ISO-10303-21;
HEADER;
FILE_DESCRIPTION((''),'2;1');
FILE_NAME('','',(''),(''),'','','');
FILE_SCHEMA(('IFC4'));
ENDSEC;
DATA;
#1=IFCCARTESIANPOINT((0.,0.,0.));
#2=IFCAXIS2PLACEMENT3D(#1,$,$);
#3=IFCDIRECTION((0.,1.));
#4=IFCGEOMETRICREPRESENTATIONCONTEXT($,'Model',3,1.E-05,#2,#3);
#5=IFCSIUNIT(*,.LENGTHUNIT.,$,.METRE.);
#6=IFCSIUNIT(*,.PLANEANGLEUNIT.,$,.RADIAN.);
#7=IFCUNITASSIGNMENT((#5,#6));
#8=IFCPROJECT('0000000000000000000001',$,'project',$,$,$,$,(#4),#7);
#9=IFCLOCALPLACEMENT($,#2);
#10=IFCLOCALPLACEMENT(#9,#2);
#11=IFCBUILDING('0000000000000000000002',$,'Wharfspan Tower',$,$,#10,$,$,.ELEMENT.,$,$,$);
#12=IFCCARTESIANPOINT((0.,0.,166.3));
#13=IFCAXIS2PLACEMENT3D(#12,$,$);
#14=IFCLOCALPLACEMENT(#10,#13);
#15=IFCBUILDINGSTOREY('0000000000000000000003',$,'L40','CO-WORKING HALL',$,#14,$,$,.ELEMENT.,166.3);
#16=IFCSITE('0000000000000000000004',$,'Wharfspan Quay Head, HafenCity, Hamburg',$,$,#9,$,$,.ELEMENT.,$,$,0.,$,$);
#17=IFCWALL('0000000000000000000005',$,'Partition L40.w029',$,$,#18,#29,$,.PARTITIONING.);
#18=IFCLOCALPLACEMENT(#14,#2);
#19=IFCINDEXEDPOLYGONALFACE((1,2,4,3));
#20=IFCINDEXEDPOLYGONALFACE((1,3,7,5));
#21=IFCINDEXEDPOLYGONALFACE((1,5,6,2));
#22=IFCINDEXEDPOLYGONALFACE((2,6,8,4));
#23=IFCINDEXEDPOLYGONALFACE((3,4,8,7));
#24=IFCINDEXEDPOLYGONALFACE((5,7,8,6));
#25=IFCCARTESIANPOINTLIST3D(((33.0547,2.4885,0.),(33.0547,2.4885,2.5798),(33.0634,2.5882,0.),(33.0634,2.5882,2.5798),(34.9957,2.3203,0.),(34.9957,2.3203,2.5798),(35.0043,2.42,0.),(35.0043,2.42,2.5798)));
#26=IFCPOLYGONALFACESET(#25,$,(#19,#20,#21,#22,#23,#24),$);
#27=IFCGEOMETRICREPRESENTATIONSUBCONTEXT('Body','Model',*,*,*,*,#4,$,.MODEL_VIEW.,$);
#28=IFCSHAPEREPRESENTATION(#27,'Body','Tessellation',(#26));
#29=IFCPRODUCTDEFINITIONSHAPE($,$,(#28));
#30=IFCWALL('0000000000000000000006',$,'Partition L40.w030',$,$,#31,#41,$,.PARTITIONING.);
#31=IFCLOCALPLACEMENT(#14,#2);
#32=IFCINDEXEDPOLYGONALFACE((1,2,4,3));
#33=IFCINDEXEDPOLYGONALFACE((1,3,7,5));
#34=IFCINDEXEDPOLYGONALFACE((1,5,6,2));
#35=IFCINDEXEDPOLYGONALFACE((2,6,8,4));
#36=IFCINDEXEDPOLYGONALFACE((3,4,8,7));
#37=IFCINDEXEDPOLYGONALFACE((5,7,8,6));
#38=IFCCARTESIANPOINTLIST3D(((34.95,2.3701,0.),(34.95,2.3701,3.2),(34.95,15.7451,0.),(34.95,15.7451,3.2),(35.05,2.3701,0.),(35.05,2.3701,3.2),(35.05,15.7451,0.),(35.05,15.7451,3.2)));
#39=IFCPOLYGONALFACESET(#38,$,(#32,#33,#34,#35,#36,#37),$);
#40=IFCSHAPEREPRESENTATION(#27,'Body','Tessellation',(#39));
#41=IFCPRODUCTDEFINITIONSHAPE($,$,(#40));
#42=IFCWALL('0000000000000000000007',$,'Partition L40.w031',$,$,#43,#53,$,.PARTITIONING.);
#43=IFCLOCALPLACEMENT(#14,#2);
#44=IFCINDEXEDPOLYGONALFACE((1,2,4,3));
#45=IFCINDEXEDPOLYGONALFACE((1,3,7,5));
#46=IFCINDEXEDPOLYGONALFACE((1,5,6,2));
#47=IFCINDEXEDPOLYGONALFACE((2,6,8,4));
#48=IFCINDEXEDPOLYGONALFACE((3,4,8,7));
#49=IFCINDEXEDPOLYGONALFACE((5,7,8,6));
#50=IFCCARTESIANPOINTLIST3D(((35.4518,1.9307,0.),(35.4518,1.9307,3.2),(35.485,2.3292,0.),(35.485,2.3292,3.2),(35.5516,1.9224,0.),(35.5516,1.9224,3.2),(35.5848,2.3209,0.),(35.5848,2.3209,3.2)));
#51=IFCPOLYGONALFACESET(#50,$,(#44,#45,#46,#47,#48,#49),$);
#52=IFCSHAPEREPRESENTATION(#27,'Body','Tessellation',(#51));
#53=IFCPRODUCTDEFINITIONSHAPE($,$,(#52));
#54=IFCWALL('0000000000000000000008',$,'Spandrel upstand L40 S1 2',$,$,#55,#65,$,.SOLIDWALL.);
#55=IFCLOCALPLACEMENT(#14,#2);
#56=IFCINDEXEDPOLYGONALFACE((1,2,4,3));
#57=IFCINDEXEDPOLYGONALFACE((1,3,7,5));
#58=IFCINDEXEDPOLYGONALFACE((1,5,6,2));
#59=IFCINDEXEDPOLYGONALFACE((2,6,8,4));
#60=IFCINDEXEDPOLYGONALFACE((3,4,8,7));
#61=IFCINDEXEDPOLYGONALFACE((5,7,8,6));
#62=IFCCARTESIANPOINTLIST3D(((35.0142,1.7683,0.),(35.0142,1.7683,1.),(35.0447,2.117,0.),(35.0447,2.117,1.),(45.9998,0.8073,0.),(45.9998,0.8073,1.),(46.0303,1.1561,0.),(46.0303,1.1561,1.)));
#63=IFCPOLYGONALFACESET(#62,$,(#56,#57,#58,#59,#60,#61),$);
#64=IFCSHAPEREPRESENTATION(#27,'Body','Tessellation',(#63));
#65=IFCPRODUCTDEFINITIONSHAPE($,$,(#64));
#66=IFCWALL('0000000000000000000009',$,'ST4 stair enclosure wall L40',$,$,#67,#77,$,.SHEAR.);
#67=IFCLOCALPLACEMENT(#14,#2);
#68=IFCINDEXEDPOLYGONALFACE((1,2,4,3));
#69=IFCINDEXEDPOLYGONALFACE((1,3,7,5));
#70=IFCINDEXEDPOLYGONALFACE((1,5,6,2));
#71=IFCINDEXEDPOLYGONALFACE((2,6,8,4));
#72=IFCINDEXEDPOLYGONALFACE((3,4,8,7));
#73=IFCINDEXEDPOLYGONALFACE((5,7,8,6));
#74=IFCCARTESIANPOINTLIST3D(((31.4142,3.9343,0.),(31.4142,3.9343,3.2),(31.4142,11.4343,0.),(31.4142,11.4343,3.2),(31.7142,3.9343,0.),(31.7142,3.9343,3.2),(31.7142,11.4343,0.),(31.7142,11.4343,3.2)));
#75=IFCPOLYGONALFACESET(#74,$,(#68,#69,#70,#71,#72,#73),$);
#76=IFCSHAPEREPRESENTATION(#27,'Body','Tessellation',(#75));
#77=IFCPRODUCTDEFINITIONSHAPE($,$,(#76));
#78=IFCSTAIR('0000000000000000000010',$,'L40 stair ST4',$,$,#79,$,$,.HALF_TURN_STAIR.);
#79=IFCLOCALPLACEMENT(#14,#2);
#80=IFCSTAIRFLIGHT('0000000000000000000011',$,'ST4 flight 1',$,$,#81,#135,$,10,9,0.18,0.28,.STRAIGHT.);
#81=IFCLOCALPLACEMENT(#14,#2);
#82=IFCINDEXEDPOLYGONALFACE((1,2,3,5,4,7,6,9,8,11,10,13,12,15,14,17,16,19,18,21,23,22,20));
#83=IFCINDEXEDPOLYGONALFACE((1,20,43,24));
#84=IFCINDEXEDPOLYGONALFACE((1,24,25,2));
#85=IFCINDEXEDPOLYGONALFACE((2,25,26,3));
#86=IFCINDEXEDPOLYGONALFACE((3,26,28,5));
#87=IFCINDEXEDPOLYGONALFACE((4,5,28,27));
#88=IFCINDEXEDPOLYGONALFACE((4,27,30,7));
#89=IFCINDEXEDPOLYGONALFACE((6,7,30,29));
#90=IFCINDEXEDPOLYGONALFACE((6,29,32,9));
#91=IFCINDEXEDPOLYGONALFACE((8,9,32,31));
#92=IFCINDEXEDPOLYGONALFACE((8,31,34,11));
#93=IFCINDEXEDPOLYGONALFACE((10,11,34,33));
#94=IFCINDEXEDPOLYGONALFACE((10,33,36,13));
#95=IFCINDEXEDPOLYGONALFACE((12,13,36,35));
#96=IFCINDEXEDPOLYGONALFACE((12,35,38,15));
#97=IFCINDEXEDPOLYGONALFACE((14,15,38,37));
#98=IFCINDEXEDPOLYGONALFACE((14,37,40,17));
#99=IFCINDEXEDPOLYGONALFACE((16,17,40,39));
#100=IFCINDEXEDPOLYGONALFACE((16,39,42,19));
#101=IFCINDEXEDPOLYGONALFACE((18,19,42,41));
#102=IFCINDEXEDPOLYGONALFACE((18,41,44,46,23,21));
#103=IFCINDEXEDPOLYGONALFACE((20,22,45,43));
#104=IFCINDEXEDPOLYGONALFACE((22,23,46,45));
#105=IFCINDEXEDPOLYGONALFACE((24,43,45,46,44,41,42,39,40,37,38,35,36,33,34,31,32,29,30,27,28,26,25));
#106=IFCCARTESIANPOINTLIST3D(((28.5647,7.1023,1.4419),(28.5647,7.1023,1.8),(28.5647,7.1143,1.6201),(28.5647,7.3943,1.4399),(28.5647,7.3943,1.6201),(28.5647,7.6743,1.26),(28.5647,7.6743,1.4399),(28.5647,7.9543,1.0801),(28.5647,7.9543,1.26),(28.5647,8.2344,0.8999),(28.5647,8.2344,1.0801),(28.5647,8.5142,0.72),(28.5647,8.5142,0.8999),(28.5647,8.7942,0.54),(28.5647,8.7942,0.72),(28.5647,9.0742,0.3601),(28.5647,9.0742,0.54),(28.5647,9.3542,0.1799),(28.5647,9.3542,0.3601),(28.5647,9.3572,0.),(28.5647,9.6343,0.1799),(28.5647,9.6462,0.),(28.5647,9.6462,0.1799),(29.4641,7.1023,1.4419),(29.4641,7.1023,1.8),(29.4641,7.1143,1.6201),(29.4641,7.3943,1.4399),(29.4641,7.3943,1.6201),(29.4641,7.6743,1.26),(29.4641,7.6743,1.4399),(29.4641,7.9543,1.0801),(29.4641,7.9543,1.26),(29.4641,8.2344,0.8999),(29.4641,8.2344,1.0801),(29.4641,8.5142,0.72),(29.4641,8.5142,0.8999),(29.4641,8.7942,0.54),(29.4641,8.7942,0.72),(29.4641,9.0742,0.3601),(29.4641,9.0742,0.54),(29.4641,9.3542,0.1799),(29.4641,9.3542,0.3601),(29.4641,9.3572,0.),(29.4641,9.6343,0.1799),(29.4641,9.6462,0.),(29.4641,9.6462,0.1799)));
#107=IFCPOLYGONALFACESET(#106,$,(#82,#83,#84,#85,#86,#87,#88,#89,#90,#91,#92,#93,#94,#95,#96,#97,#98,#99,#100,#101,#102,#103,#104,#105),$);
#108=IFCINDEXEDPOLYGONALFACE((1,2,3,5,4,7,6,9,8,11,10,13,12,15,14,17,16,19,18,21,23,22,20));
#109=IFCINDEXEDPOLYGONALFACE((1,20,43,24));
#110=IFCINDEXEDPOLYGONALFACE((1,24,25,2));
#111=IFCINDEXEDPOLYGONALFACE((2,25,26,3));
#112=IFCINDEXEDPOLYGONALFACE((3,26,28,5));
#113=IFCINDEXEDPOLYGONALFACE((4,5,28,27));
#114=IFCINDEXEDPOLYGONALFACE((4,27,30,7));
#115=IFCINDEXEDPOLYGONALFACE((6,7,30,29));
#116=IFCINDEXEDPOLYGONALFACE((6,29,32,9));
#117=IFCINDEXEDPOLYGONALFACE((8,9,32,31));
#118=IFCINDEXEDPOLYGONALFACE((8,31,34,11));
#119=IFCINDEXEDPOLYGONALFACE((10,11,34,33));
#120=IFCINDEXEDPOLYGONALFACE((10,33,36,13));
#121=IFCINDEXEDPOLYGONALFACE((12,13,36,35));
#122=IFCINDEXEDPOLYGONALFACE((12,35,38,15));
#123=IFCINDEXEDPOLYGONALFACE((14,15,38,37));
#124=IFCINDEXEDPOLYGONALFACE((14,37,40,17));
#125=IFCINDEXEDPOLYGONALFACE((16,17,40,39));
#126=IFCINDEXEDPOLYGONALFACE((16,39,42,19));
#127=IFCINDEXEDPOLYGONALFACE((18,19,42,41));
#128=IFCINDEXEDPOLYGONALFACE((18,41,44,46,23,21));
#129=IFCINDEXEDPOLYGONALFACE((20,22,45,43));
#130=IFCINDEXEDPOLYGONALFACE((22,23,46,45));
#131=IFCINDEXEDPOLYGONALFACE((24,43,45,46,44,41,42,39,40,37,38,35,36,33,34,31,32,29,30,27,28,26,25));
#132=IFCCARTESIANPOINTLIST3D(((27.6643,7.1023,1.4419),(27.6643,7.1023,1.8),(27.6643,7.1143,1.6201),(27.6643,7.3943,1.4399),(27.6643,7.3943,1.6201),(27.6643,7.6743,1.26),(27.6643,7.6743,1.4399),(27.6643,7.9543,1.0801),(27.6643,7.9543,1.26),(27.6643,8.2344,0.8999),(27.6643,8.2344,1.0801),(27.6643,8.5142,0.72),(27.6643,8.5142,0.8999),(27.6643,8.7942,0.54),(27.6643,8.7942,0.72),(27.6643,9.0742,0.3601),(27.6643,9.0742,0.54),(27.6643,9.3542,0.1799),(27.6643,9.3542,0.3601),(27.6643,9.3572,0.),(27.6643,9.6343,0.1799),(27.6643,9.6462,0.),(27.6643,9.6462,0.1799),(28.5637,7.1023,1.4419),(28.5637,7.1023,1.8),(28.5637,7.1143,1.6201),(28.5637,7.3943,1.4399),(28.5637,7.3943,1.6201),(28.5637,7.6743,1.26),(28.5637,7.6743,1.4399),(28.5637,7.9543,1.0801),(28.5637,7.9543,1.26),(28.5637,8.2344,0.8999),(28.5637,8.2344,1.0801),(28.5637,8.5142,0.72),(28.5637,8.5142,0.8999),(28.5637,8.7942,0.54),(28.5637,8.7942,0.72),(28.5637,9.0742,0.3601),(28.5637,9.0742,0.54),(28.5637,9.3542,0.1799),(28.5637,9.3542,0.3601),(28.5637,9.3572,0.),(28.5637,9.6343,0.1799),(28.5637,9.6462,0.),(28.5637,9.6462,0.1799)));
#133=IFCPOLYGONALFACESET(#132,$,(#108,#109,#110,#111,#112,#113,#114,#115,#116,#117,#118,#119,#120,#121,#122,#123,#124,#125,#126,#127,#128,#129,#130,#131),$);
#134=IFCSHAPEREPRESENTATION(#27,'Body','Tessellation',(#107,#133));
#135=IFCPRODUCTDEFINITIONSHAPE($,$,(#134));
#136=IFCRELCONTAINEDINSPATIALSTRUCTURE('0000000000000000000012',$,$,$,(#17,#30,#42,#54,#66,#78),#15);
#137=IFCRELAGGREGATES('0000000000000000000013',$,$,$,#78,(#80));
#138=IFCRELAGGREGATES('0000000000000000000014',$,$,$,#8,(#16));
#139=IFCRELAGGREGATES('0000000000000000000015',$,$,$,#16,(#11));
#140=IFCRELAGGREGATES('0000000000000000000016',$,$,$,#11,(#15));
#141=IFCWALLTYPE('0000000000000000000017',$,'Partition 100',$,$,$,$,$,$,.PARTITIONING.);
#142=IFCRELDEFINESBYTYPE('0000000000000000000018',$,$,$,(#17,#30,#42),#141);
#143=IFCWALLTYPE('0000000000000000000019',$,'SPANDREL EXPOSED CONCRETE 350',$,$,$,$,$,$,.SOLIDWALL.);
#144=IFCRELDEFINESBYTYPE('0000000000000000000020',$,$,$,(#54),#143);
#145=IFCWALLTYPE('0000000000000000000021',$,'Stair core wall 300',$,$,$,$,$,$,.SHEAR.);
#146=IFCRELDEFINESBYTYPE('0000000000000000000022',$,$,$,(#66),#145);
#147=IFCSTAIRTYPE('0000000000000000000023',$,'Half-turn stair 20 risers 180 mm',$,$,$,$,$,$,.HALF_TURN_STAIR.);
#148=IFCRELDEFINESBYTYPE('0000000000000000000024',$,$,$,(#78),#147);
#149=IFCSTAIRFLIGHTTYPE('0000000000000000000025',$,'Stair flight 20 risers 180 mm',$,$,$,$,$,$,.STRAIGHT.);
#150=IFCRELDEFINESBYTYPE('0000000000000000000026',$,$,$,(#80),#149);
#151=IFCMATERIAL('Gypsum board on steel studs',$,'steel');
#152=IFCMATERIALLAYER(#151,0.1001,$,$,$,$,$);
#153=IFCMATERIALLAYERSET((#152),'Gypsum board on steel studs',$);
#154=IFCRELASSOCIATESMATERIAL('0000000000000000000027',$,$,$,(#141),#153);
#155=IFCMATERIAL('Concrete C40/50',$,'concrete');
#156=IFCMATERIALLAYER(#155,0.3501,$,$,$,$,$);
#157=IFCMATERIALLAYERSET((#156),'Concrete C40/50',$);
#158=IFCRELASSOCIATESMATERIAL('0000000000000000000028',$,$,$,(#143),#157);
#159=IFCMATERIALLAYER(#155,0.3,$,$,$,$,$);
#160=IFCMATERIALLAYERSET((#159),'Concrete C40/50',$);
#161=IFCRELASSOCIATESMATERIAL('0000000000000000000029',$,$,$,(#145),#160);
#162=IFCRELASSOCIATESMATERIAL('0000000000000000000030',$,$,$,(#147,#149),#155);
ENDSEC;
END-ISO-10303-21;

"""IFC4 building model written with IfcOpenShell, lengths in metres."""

from ifc_helpers import new_model, si_unit, direction, frame, frame_2d, origin, place, context, subcontext, project, spatial, polyline, rectangle, outline, extrude, material, layer, layer_set, type_object, element, aggregate, save


model = new_model("IFC4")

# Units and contexts
model_context = context("Model", 3, precision=1e-05, world=origin(), true_north=direction((0.0, 1.0)))
body_context = subcontext(model_context, "Body", "Model", "MODEL_VIEW")
ifc_project = project(units=[si_unit("LENGTHUNIT", "METRE"), si_unit("PLANEANGLEUNIT", "RADIAN")], contexts=[model_context])

# Site, building, storey
site_placement = place(None, origin())
site = spatial("IfcSite", under=ifc_project, at=site_placement, Name="Wharfspan Quay Head, HafenCity, Hamburg", CompositionType="ELEMENT", RefElevation=0.0)
building_placement = place(site_placement, origin())
building = spatial("IfcBuilding", under=site, at=building_placement, Name="Wharfspan Tower", CompositionType="ELEMENT")
storey_placement = place(building_placement, frame((0.0, 0.0, 166.3)))
storey = spatial("IfcBuildingStorey", under=building, at=storey_placement, Name="L40", Description="CO-WORKING HALL", CompositionType="ELEMENT", Elevation=166.3)

# Walls
ifc_material_1 = material(Name="Gypsum board on steel studs", Category="steel")
ifc_layer_1 = layer(ifc_material_1, 0.1001)
ifc_layer_set_1 = layer_set([ifc_layer_1], Name="Gypsum board on steel studs")
wall_type_1 = type_object("IfcWallType", Name="Partition 100", PredefinedType="PARTITIONING", material=ifc_layer_set_1)
wall_1_placement = place(storey_placement, frame((35.0, 2.3701, 0.0), z_axis=(0.0, 0.0, 1.0), x_axis=(-0.996265, 0.086343, 0.0)))
element("IfcWall", 1, at=wall_1_placement, inside=storey, type_object=wall_type_1, Name="Partition L40.w029", PredefinedType="PARTITIONING", context=body_context, shape_type="SweptSolid", body=[
    extrude(rectangle(XDim=1.9482, YDim=0.1001, at=frame_2d((0.9741, 0.0))), origin(), (0.0, 0.0, 1.0), 2.5798),
])
wall_2_placement = place(storey_placement, frame((35.0, 2.3701, 0.0), z_axis=(0.0, 0.0, 1.0), x_axis=(0.0, 1.0, 0.0)))
element("IfcWall", 2, at=wall_2_placement, inside=storey, type_object=wall_type_1, Name="Partition L40.w030", PredefinedType="PARTITIONING", context=body_context, shape_type="SweptSolid", body=[
    extrude(rectangle(XDim=13.375, YDim=0.1001, at=frame_2d((6.6875, 0.0))), origin(), (0.0, 0.0, 1.0), 3.2),
])
wall_3_placement = place(storey_placement, frame((35.5017, 1.9265, 0.0), z_axis=(0.0, 0.0, 1.0), x_axis=(0.083045, 0.996542, 0.0)))
element("IfcWall", 3, at=wall_3_placement, inside=storey, type_object=wall_type_1, Name="Partition L40.w031", PredefinedType="PARTITIONING", context=body_context, shape_type="SweptSolid", body=[
    extrude(rectangle(XDim=0.3999, YDim=0.1001, at=frame_2d((0.2, 0.0))), origin(), (0.0, 0.0, 1.0), 3.2),
])
ifc_material_2 = material(Name="Concrete C40/50", Category="concrete")
ifc_layer_2 = layer(ifc_material_2, 0.3501)
ifc_layer_set_2 = layer_set([ifc_layer_2], Name="Concrete C40/50")
wall_type_2 = type_object("IfcWallType", Name="SPANDREL EXPOSED CONCRETE 350", PredefinedType="SOLIDWALL", material=ifc_layer_set_2)
wall_4_placement = place(storey_placement, frame((35.0295, 1.9426, 0.0), z_axis=(0.0, 0.0, 1.0), x_axis=(0.996199, -0.08714, 0.0)))
element("IfcWall", 4, at=wall_4_placement, inside=storey, type_object=wall_type_2, Name="Spandrel upstand L40 S1 2", PredefinedType="SOLIDWALL", context=body_context, shape_type="SweptSolid", body=[
    extrude(rectangle(XDim=11.0276, YDim=0.3501, at=frame_2d((5.5137, 0.0))), origin(), (0.0, 0.0, 1.0), 1.0),
])
ifc_layer_3 = layer(ifc_material_2, 0.3)
ifc_layer_set_3 = layer_set([ifc_layer_3], Name="Concrete C40/50")
wall_type_3 = type_object("IfcWallType", Name="Stair core wall 300", PredefinedType="SHEAR", material=ifc_layer_set_3)
wall_5_placement = place(storey_placement, frame((31.5642, 3.9343, 0.0), z_axis=(0.0, 0.0, 1.0), x_axis=(0.0, 1.0, 0.0)))
element("IfcWall", 5, at=wall_5_placement, inside=storey, type_object=wall_type_3, Name="ST4 stair enclosure wall L40", PredefinedType="SHEAR", context=body_context, shape_type="SweptSolid", body=[
    extrude(rectangle(XDim=7.5, YDim=0.3, at=frame_2d((3.75, 0.0))), origin(), (0.0, 0.0, 1.0), 3.2),
])

# Stair, stair flight
stair_type = type_object("IfcStairType", Name="Half-turn stair 20 risers 180 mm", PredefinedType="HALF_TURN_STAIR", material=ifc_material_2)
stair_placement = place(storey_placement, origin())
stair = element("IfcStair", 6, at=stair_placement, inside=storey, type_object=stair_type, Name="L40 stair ST4", PredefinedType="HALF_TURN_STAIR")
stair_flight_type = type_object("IfcStairFlightType", Name="Stair flight 20 risers 180 mm", PredefinedType="STRAIGHT", material=ifc_material_2)
stair_flight_1_placement = place(storey_placement, frame((28.5642, 9.6343, 0.0), z_axis=(0.0, 0.0, 1.0), x_axis=(0.0, -1.0, 0.0)))
stair_flight_1 = element("IfcStairFlight", 7, at=stair_flight_1_placement, type_object=stair_flight_type, Name="ST4 flight 1", NumberOfRisers=10, NumberOfTreads=9, PredefinedType="STRAIGHT", RiserHeight=0.18, TreadLength=0.28, context=body_context, shape_type="SweptSolid", body=[
    extrude(outline(polyline([(-0.012, 0.0), (-0.012, 0.1799), (0.0, 0.1799), (0.28, 0.1799), (0.28, 0.3601), (0.5601, 0.3601), (0.5601, 0.54), (0.8401, 0.54), (0.8401, 0.72), (1.1201, 0.72), (1.1201, 0.8999), (1.3999, 0.8999), (1.3999, 1.0801), (1.6799, 1.0801), (1.6799, 1.26), (1.96, 1.26), (1.96, 1.4399), (2.24, 1.4399), (2.24, 1.6201), (2.52, 1.6201), (2.532, 1.8), (2.532, 1.4419), (0.2771, 0.0), (-0.012, 0.0)])), frame((0.0, 0.8999, 0.0), z_axis=(0.0, -1.0, 0.0), x_axis=(1.0, 0.0, 0.0)), (0.0, 0.0, 1.0), 0.8994),
    extrude(outline(polyline([(-0.012, 0.0), (-0.012, 0.1799), (0.0, 0.1799), (0.28, 0.1799), (0.28, 0.3601), (0.5601, 0.3601), (0.5601, 0.54), (0.8401, 0.54), (0.8401, 0.72), (1.1201, 0.72), (1.1201, 0.8999), (1.3999, 0.8999), (1.3999, 1.0801), (1.6799, 1.0801), (1.6799, 1.26), (1.96, 1.26), (1.96, 1.4399), (2.24, 1.4399), (2.24, 1.6201), (2.52, 1.6201), (2.532, 1.8), (2.532, 1.4419), (0.2771, 0.0), (-0.012, 0.0)])), frame((0.0, -0.0005, 0.0), z_axis=(0.0, -1.0, 0.0), x_axis=(1.0, 0.0, 0.0)), (0.0, 0.0, 1.0), 0.8994),
])
aggregate(stair, [stair_flight_1])

save(model, "model.ifc")
